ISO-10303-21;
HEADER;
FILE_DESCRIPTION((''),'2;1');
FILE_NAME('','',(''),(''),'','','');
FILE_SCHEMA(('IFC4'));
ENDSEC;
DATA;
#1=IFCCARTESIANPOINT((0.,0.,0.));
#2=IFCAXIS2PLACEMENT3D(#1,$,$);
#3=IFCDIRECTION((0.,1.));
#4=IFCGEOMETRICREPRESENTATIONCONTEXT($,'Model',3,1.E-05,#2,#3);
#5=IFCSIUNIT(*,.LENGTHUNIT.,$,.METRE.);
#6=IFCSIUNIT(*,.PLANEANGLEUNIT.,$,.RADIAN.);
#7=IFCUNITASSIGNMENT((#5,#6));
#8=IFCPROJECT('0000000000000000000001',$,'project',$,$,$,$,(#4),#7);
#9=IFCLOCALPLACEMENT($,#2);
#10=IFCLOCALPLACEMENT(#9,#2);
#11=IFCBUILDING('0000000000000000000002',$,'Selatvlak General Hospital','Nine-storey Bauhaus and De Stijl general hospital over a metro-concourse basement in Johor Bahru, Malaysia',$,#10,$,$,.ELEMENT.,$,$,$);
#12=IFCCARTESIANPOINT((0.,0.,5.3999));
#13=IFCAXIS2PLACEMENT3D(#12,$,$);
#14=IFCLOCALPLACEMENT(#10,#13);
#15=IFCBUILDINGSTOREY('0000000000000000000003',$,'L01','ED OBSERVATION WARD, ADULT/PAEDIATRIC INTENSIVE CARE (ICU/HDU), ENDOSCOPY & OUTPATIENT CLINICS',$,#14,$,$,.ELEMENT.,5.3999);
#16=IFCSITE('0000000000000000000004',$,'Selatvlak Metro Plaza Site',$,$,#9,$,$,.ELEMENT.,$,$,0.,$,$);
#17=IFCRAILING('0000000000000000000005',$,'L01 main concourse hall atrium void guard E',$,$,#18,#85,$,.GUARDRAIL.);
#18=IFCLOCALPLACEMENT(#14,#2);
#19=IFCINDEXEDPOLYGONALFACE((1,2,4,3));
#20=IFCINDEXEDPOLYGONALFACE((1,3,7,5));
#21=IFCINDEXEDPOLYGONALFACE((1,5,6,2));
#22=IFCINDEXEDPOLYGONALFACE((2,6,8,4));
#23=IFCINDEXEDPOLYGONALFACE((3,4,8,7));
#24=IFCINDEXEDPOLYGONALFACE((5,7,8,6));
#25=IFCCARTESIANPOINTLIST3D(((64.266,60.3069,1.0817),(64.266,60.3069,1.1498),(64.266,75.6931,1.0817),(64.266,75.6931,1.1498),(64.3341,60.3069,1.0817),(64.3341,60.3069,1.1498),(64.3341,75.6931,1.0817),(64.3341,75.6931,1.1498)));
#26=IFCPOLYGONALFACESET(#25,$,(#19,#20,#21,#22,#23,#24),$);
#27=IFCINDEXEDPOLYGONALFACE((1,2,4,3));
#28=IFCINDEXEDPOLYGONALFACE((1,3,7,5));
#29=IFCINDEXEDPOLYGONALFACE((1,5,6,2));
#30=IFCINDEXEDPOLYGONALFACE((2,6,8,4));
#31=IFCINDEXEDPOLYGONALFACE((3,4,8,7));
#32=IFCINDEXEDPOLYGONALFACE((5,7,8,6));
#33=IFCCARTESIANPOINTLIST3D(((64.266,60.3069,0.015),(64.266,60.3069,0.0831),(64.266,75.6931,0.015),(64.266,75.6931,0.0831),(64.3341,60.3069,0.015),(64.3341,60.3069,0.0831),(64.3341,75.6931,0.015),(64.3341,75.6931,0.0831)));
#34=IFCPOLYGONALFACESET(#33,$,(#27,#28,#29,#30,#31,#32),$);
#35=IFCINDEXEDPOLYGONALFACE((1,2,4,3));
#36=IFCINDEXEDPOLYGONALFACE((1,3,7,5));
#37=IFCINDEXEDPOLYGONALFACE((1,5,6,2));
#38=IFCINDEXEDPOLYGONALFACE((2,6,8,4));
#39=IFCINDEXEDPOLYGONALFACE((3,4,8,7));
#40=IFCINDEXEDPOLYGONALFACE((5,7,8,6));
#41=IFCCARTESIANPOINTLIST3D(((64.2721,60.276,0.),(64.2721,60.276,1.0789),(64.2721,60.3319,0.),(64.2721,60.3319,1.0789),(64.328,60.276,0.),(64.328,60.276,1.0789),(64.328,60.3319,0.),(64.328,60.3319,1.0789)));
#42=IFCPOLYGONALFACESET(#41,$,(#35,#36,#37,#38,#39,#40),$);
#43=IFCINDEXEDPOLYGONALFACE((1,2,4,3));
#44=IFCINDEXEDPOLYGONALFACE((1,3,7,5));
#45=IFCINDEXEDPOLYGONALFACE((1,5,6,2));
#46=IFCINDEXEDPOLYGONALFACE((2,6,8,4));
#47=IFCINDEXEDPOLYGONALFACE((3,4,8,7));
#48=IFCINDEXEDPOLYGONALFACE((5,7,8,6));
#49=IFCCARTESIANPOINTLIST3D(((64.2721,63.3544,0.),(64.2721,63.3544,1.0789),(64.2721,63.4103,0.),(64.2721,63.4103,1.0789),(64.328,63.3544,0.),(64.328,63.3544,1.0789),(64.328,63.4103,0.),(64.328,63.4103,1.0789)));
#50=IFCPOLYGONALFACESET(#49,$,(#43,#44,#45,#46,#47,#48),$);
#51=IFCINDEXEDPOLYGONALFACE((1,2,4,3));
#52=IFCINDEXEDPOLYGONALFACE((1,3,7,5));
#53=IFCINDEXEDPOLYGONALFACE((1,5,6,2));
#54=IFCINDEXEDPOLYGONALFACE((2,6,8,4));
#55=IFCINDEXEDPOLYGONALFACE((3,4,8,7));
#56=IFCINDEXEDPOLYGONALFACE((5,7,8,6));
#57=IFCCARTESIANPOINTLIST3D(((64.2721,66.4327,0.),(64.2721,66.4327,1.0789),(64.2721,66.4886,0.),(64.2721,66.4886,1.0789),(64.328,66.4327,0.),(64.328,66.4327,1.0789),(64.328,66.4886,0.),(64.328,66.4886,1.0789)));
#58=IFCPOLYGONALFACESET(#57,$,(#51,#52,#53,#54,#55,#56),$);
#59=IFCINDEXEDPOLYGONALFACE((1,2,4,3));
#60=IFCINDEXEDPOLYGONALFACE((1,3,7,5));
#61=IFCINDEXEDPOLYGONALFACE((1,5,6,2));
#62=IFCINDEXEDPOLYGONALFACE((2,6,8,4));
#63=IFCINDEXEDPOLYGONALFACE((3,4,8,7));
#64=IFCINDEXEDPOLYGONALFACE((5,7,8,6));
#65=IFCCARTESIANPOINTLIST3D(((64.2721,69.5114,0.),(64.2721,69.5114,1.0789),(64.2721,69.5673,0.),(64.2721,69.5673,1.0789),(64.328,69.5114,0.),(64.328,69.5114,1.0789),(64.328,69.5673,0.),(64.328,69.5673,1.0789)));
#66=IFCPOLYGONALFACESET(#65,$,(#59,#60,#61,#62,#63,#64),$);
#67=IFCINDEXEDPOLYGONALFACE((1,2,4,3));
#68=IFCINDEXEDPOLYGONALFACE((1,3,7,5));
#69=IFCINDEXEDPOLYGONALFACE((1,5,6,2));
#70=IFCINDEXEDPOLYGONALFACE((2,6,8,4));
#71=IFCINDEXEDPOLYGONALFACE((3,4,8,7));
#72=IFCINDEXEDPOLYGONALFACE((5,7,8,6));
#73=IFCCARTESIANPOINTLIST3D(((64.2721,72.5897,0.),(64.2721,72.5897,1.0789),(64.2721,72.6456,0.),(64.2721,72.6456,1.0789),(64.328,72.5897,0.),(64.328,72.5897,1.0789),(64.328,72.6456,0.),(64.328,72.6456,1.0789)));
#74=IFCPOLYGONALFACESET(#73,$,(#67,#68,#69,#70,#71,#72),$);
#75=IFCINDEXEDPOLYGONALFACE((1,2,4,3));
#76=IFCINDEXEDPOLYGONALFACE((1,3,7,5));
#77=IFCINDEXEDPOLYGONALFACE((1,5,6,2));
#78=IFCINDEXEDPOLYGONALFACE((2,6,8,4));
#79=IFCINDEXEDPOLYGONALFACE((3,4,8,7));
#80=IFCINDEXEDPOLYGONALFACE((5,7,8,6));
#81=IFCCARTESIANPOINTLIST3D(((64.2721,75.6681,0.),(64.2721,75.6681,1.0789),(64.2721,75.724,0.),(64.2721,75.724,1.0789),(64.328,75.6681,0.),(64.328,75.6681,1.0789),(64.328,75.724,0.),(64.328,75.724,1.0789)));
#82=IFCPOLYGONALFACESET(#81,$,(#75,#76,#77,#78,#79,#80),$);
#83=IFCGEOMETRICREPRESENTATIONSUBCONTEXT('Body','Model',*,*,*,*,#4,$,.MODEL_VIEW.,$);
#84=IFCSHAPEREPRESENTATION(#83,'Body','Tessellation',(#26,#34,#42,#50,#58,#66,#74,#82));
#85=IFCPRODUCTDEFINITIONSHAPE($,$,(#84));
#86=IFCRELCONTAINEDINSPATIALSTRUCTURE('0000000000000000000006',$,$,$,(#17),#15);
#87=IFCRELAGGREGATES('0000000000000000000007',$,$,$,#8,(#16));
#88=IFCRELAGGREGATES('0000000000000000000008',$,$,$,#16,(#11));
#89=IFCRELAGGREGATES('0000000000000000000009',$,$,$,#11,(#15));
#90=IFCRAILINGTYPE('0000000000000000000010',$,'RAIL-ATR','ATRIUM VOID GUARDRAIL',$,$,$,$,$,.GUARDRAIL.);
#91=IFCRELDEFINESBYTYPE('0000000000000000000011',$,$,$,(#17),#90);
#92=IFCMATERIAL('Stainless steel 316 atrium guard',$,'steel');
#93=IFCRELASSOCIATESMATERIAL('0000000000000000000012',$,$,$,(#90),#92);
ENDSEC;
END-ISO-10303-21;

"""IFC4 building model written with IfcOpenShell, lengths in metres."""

from ifc_helpers import new_model, si_unit, direction, frame, origin, origin_2d, place, context, subcontext, project, spatial, rectangle, extrude, material, type_object, element, save


model = new_model("IFC4")

# Units and contexts
model_context = context("Model", 3, precision=1e-05, world=origin(), true_north=direction((0.0, 1.0)))
body_context = subcontext(model_context, "Body", "Model", "MODEL_VIEW")
ifc_project = project(units=[si_unit("LENGTHUNIT", "METRE"), si_unit("PLANEANGLEUNIT", "RADIAN")], contexts=[model_context])

# Site, building, storey
site_placement = place(None, origin())
site = spatial("IfcSite", under=ifc_project, at=site_placement, Name="Selatvlak Metro Plaza Site", CompositionType="ELEMENT", RefElevation=0.0)
building_placement = place(site_placement, origin())
building = spatial("IfcBuilding", under=site, at=building_placement, Name="Selatvlak General Hospital", Description="Nine-storey Bauhaus and De Stijl general hospital over a metro-concourse basement in Johor Bahru, Malaysia", CompositionType="ELEMENT")
storey_placement = place(building_placement, frame((0.0, 0.0, 5.3999)))
storey = spatial("IfcBuildingStorey", under=building, at=storey_placement, Name="L01", Description="ED OBSERVATION WARD, ADULT/PAEDIATRIC INTENSIVE CARE (ICU/HDU), ENDOSCOPY & OUTPATIENT CLINICS", CompositionType="ELEMENT", Elevation=5.3999)

# Railing
ifc_material_1 = material(Name="Stainless steel 316 atrium guard", Category="steel")
railing_type = type_object("IfcRailingType", Name="RAIL-ATR", Description="ATRIUM VOID GUARDRAIL", PredefinedType="GUARDRAIL", material=ifc_material_1)
railing_placement = place(storey_placement, frame((64.3, 60.304, 0.0)))
element("IfcRailing", 1, at=railing_placement, inside=storey, type_object=railing_type, Name="L01 main concourse hall atrium void guard E", PredefinedType="GUARDRAIL", context=body_context, shape_type="SweptSolid", body=[
    extrude(rectangle(XDim=0.0681, YDim=0.0681, at=origin_2d()), frame((0.0, 0.0029, 1.1157), z_axis=(0.0, 1.0, 0.0), x_axis=(-1.0, 0.0, 0.0)), (0.0, 0.0, 1.0), 15.3862),
    extrude(rectangle(XDim=0.0681, YDim=0.0681, at=origin_2d()), frame((0.0, 0.0029, 0.0491), z_axis=(0.0, 1.0, 0.0), x_axis=(-1.0, 0.0, 0.0)), (0.0, 0.0, 1.0), 15.3862),
    extrude(rectangle(XDim=0.0559, YDim=0.0559, at=origin_2d()), origin(), (0.0, 0.0, 1.0), 1.0789),
    extrude(rectangle(XDim=0.0559, YDim=0.0559, at=origin_2d()), frame((0.0, 3.0784, 0.0)), (0.0, 0.0, 1.0), 1.0789),
    extrude(rectangle(XDim=0.0559, YDim=0.0559, at=origin_2d()), frame((0.0, 6.1567, 0.0)), (0.0, 0.0, 1.0), 1.0789),
    extrude(rectangle(XDim=0.0559, YDim=0.0559, at=origin_2d()), frame((0.0, 9.2354, 0.0)), (0.0, 0.0, 1.0), 1.0789),
    extrude(rectangle(XDim=0.0559, YDim=0.0559, at=origin_2d()), frame((0.0, 12.3137, 0.0)), (0.0, 0.0, 1.0), 1.0789),
    extrude(rectangle(XDim=0.0559, YDim=0.0559, at=origin_2d()), frame((0.0, 15.3921, 0.0)), (0.0, 0.0, 1.0), 1.0789),
])

save(model, "model.ifc")
